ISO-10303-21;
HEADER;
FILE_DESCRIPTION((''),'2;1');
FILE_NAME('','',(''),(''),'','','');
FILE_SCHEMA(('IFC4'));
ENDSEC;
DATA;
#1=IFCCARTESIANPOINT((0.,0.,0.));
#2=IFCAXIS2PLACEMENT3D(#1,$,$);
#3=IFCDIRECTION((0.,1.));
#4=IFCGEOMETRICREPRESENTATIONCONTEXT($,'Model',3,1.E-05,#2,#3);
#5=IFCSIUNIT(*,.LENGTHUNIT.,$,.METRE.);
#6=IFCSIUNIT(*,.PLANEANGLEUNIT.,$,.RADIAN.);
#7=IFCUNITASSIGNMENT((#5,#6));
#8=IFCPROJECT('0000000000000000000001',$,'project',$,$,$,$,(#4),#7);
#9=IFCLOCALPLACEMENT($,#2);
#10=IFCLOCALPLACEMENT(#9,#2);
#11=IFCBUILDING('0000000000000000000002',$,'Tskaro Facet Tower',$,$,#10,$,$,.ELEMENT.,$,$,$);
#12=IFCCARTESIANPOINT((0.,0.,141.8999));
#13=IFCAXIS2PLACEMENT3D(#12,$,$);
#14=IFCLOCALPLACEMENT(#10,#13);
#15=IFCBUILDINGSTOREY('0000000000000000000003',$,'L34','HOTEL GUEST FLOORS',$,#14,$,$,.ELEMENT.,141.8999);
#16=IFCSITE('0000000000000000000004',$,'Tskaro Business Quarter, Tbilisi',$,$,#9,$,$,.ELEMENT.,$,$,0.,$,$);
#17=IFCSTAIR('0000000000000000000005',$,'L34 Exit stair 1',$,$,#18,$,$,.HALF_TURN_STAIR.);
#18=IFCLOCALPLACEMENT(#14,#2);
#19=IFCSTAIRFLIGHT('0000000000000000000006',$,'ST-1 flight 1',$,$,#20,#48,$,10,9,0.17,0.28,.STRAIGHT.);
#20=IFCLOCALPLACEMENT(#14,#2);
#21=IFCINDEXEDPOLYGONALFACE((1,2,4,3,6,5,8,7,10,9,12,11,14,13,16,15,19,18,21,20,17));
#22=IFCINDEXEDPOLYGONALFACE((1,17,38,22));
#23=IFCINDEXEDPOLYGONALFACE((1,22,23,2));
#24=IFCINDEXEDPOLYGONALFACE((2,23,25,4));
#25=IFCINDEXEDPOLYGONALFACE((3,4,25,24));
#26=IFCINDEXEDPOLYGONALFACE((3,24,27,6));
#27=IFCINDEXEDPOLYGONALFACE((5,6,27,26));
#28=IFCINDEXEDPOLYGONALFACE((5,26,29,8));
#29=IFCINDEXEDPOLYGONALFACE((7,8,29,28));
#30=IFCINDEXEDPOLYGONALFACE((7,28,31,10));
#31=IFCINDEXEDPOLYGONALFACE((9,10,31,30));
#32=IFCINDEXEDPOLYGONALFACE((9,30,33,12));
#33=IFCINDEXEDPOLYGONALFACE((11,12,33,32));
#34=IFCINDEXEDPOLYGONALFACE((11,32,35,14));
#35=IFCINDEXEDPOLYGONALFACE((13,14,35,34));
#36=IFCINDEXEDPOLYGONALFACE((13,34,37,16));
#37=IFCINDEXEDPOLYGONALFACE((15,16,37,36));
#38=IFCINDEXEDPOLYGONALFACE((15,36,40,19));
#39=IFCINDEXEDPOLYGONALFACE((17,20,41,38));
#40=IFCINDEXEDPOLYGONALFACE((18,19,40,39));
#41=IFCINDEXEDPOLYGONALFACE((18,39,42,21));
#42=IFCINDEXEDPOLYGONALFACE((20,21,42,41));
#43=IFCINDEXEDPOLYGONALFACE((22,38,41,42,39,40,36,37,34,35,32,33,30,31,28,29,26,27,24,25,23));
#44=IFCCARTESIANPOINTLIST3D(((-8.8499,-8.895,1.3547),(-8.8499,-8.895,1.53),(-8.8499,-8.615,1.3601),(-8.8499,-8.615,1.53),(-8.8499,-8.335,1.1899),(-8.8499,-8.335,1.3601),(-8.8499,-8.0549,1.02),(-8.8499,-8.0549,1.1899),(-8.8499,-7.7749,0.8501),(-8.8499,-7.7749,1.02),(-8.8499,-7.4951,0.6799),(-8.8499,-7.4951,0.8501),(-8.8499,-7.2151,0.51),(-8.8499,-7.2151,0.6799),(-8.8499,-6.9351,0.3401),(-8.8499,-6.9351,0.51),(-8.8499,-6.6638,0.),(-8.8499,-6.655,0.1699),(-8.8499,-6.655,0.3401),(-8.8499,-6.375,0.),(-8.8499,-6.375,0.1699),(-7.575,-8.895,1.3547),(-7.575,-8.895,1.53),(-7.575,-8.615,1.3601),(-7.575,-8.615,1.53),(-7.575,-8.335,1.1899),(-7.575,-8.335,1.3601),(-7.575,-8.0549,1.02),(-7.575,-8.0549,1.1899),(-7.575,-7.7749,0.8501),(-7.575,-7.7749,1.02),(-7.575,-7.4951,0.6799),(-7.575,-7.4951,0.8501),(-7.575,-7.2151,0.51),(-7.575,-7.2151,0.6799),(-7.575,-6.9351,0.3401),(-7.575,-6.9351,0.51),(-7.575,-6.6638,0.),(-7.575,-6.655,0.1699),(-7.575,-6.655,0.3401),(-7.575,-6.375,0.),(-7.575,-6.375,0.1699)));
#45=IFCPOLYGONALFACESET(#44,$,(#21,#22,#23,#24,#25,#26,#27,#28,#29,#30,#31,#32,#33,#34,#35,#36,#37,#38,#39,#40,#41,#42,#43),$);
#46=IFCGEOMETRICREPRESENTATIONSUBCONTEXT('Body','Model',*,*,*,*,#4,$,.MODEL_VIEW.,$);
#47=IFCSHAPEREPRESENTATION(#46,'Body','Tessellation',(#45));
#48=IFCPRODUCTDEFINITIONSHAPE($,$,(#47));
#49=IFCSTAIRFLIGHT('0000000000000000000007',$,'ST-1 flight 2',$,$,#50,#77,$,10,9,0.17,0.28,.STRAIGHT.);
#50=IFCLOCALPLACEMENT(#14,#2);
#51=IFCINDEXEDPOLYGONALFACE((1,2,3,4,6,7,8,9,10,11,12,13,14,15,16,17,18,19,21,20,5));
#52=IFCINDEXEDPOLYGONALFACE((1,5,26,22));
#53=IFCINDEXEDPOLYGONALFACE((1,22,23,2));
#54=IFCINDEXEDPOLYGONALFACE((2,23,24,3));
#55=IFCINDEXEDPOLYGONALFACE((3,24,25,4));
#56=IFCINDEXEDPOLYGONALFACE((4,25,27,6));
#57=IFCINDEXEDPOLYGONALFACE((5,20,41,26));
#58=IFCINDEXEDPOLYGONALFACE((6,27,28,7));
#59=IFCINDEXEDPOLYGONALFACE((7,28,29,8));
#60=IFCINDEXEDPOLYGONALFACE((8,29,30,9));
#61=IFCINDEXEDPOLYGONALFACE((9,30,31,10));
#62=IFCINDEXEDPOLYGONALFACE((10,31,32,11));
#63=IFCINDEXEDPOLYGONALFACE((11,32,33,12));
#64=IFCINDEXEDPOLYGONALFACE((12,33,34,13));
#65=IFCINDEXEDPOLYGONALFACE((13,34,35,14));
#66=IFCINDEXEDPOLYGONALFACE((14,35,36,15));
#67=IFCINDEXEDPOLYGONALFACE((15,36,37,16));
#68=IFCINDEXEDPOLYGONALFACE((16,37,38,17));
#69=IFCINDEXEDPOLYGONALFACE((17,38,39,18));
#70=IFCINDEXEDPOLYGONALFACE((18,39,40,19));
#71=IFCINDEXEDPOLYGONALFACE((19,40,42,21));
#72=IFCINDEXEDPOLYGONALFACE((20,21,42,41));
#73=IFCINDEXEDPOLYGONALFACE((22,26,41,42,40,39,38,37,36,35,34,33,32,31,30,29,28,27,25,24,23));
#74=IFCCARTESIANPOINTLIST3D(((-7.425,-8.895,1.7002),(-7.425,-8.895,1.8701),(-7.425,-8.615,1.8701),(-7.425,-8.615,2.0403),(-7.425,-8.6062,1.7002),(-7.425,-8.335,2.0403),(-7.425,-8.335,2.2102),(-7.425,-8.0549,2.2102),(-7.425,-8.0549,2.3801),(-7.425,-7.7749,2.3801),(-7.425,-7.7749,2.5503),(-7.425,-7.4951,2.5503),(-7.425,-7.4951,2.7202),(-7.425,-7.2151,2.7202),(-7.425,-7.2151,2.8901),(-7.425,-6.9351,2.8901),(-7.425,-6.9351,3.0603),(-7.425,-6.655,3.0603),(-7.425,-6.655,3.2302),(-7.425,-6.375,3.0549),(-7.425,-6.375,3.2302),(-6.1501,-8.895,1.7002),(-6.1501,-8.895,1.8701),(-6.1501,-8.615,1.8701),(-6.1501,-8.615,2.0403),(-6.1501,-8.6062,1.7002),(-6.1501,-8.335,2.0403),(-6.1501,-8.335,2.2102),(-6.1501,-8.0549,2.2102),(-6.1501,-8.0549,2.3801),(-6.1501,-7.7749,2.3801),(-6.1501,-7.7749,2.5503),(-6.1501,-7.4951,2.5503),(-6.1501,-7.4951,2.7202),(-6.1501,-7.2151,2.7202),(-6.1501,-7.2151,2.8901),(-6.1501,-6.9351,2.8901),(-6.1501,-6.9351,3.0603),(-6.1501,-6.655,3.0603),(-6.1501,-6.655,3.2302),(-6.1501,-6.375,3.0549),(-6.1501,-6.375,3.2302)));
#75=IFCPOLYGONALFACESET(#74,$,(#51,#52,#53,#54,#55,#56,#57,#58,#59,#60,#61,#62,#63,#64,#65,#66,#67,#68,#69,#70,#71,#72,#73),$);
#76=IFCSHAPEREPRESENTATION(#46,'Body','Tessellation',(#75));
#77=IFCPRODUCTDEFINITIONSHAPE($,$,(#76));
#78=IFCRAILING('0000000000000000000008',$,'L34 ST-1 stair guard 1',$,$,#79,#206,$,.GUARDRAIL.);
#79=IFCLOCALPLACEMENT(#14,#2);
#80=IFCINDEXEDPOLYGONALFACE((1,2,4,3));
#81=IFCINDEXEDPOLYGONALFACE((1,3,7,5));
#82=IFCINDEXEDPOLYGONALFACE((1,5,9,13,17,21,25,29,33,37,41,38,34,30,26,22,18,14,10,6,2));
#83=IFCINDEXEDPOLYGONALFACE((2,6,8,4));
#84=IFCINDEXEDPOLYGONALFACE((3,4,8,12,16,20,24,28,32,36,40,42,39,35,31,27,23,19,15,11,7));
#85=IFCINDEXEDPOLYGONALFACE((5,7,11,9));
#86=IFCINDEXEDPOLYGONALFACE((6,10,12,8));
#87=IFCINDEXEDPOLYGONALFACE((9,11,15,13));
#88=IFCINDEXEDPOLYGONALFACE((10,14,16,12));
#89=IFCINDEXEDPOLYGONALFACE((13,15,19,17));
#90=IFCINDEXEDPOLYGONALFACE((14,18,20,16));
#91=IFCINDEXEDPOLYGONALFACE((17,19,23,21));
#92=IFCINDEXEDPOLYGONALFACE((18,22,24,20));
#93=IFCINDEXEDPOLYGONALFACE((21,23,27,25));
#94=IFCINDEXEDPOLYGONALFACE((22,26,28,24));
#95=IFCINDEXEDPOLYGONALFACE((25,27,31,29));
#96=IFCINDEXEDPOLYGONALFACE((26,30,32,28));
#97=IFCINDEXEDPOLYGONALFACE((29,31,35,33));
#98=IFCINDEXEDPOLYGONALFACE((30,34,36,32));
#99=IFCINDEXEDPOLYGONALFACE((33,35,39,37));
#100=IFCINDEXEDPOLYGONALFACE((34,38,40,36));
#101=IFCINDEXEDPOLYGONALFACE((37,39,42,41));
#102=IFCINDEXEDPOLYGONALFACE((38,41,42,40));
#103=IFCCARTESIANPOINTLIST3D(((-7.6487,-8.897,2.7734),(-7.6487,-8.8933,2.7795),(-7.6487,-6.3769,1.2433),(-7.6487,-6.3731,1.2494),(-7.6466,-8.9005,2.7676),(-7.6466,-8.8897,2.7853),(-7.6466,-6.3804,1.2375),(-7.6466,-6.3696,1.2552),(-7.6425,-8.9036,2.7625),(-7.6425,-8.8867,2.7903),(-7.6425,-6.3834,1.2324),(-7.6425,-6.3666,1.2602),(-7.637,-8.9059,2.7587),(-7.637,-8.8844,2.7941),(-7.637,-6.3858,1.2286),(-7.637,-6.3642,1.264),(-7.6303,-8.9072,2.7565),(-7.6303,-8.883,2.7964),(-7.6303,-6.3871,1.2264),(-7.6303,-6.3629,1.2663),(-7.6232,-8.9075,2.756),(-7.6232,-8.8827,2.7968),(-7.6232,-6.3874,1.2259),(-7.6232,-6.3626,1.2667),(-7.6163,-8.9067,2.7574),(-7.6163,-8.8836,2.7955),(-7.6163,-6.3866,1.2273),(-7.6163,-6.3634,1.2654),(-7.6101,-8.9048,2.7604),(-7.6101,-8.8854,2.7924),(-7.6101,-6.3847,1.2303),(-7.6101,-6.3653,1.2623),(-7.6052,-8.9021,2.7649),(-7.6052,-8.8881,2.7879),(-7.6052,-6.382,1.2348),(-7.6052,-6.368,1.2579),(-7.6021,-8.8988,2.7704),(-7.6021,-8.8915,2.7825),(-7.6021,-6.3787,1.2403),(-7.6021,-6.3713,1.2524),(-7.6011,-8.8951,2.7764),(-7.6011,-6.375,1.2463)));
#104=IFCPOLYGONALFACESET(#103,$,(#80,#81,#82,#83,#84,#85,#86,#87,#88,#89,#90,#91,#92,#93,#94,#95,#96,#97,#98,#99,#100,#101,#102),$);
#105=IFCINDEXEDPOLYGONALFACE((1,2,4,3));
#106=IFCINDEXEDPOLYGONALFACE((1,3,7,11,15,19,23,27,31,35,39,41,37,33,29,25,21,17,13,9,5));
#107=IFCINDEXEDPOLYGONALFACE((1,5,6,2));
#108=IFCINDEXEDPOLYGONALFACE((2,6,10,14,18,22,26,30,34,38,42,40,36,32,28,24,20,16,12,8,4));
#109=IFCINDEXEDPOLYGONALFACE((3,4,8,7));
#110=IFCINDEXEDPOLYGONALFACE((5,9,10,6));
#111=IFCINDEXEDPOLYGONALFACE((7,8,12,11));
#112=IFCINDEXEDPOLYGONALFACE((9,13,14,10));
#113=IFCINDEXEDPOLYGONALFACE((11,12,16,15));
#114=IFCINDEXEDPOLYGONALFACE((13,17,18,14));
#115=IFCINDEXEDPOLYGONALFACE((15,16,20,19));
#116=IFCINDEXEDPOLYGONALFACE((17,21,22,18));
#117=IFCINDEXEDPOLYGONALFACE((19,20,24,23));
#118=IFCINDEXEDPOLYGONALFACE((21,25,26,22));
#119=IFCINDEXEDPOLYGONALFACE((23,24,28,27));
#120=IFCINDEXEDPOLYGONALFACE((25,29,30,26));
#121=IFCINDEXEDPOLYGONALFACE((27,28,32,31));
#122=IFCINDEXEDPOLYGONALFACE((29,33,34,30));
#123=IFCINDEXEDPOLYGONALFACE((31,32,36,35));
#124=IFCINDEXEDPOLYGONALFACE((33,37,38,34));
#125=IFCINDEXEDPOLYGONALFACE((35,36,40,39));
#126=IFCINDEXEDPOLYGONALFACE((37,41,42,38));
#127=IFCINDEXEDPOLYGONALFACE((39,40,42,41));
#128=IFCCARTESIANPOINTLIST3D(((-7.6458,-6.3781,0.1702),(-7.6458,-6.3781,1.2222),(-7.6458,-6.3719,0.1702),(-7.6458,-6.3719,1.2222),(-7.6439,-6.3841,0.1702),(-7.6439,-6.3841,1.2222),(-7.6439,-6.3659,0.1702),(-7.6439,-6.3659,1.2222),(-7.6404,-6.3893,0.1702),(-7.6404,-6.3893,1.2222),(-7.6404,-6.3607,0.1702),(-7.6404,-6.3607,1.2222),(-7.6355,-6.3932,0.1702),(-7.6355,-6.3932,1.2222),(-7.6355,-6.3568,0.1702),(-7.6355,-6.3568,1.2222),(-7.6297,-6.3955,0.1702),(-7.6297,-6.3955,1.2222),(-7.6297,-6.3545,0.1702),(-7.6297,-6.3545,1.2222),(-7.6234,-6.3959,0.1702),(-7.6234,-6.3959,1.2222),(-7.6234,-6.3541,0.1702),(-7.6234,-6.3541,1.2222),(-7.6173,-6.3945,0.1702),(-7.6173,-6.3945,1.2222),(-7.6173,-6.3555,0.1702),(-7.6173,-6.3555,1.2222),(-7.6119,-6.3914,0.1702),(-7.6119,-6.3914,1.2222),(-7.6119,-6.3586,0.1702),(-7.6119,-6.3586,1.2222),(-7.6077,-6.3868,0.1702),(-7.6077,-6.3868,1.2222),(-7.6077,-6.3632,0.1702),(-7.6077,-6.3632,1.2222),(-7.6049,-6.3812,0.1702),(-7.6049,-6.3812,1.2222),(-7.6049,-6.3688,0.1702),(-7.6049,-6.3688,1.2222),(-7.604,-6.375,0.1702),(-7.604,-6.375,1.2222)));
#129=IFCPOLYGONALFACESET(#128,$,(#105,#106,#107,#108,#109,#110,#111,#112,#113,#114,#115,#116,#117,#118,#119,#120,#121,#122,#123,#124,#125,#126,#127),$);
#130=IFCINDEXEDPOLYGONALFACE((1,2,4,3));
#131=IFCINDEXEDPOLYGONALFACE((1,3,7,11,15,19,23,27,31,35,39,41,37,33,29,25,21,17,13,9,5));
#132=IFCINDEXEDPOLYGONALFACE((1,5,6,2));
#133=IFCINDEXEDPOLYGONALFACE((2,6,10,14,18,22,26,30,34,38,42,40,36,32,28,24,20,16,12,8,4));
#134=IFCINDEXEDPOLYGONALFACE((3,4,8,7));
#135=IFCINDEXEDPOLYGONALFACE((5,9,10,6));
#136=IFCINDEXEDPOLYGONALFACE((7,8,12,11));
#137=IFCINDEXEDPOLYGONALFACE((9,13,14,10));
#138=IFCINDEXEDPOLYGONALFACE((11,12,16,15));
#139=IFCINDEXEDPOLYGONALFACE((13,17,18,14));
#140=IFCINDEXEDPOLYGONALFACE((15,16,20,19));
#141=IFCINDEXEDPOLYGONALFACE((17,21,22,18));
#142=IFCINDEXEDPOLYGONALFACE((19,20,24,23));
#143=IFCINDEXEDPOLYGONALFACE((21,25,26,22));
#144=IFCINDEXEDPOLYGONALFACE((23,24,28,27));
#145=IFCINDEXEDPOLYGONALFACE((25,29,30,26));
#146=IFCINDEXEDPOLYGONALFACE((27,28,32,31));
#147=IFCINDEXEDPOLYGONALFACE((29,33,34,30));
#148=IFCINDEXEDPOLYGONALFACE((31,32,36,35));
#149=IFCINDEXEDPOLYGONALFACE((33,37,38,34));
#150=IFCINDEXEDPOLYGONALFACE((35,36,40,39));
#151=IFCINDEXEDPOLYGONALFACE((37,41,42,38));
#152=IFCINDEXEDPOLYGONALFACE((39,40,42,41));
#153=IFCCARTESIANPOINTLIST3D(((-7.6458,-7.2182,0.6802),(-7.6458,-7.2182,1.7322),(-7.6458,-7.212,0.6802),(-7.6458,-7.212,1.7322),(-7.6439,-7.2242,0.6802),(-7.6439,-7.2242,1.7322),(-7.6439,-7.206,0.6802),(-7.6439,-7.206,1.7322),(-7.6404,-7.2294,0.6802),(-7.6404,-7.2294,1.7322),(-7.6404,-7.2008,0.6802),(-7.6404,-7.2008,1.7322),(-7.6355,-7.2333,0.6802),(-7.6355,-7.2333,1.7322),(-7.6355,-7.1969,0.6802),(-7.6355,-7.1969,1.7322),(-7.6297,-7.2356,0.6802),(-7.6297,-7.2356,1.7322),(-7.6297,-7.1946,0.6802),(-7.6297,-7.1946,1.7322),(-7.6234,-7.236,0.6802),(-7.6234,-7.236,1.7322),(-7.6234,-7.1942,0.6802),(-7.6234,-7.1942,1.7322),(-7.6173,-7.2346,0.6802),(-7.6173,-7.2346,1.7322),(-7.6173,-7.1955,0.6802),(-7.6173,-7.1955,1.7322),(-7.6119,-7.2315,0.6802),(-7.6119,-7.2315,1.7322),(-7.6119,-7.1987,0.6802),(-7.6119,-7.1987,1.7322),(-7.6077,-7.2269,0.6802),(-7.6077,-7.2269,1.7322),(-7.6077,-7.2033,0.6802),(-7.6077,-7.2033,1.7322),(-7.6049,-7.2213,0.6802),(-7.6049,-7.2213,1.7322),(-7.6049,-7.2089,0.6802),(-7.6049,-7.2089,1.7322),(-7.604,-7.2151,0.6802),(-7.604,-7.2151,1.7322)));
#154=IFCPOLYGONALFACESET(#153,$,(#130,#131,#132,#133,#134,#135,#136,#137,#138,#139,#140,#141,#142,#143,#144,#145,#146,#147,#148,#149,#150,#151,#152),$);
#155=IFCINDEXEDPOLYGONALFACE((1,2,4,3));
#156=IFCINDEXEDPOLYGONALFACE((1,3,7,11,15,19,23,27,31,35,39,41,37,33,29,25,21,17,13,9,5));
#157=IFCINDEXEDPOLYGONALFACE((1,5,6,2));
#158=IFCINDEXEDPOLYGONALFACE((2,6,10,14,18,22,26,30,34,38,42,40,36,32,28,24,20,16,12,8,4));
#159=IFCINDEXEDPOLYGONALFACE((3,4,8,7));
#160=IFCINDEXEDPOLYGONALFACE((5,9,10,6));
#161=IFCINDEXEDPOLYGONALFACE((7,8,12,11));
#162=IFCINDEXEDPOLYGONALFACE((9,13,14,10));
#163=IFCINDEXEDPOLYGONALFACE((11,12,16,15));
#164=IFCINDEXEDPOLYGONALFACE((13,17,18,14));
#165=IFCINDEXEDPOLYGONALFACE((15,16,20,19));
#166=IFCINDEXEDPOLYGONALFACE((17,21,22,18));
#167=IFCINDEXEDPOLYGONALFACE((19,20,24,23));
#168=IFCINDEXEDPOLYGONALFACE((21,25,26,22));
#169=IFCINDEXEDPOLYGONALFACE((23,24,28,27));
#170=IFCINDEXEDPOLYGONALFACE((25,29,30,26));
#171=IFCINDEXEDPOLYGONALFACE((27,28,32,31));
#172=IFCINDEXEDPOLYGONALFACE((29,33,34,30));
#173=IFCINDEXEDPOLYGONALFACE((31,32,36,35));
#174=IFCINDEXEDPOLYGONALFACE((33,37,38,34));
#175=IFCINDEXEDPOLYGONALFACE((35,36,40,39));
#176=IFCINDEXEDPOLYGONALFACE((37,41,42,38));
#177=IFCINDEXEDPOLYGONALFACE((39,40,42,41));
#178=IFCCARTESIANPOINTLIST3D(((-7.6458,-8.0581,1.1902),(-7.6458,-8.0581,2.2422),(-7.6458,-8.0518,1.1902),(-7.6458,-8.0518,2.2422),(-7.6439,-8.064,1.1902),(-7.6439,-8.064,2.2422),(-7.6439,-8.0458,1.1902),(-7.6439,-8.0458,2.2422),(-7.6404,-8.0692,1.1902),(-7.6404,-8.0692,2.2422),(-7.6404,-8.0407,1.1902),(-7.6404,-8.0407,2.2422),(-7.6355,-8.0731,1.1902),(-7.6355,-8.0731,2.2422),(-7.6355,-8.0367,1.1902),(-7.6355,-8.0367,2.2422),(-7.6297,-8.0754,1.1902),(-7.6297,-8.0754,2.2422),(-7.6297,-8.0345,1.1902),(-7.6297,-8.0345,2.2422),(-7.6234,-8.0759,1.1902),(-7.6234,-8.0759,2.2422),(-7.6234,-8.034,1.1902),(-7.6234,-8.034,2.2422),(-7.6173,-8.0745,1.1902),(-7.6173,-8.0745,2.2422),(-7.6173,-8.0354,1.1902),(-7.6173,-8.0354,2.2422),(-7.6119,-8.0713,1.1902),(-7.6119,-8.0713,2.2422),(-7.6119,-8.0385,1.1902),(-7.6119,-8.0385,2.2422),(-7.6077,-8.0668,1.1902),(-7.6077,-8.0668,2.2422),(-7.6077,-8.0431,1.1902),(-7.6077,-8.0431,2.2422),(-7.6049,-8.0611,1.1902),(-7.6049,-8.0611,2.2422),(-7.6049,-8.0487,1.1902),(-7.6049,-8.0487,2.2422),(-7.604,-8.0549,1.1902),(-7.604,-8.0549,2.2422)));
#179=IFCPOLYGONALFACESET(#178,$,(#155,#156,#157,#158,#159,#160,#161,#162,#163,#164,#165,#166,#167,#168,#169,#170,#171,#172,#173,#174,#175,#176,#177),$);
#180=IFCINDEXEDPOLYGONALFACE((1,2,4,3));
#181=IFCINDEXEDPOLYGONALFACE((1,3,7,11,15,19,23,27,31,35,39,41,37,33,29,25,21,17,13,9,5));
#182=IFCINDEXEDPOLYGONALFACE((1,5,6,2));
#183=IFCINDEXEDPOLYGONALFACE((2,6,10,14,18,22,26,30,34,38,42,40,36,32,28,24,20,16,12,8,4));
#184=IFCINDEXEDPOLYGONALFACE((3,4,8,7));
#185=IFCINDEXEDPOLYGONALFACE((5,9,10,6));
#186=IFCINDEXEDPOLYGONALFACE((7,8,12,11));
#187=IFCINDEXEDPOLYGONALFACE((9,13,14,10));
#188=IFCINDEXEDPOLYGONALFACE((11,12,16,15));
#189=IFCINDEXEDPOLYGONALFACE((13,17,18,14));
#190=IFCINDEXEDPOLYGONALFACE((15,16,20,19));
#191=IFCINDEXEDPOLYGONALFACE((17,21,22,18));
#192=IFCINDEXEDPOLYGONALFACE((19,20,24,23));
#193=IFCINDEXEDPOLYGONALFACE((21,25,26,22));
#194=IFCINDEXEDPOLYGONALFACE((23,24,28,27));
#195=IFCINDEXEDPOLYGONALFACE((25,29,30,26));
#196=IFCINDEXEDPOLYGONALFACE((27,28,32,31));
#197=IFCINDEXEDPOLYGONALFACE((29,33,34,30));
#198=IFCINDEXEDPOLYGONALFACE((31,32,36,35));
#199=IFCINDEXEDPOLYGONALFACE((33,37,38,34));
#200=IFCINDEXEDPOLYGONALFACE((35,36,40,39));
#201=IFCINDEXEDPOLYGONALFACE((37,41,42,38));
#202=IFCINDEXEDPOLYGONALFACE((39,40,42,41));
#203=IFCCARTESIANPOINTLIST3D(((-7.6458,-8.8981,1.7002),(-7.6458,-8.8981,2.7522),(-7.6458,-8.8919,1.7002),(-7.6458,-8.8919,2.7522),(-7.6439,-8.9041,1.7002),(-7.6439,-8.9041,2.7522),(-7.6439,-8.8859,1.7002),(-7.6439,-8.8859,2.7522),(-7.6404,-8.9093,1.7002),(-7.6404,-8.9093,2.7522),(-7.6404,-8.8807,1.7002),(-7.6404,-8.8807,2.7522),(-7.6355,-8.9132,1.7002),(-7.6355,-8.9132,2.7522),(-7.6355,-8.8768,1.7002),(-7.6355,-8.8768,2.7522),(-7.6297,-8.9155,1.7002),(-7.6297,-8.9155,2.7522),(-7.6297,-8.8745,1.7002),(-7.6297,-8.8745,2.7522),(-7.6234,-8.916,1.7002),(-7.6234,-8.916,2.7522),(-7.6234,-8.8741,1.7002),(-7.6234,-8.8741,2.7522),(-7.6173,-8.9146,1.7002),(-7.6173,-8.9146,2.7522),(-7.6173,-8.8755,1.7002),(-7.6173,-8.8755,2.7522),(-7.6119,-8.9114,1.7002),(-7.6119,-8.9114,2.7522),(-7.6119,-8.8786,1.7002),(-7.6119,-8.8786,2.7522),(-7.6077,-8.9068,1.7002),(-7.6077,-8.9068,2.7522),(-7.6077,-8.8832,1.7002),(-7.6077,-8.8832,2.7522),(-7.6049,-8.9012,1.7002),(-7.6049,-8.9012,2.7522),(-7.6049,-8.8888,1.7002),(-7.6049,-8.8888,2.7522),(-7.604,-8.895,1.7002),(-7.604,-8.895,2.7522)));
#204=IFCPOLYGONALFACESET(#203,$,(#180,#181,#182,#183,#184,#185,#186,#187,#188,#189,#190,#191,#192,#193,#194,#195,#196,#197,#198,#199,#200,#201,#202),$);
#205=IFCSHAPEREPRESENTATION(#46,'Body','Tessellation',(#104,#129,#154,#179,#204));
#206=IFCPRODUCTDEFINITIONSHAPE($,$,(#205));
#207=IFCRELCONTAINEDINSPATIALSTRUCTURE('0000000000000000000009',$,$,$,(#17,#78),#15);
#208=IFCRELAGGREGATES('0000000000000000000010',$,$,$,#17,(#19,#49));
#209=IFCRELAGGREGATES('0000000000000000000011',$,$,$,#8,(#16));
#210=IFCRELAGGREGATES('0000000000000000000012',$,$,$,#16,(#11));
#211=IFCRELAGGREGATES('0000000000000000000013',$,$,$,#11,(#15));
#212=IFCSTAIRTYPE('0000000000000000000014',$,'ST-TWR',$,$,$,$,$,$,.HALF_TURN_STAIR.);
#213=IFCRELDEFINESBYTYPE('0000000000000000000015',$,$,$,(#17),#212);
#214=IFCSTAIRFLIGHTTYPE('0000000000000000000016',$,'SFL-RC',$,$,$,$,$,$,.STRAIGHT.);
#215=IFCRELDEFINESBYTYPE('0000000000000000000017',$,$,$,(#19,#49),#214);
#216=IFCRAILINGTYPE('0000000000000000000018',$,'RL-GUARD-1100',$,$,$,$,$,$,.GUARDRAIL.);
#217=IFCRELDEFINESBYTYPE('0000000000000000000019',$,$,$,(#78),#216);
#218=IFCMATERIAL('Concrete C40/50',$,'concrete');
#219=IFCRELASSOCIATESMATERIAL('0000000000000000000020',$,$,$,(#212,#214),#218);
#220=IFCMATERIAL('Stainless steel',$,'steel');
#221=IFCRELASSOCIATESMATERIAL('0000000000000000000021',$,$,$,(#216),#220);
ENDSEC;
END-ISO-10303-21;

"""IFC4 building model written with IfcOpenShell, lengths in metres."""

from ifc_helpers import new_model, si_unit, direction, frame, origin, origin_2d, place, context, subcontext, project, spatial, polyline, circle, outline, extrude, material, type_object, element, aggregate, save


model = new_model("IFC4")

# Units and contexts
model_context = context("Model", 3, precision=1e-05, world=origin(), true_north=direction((0.0, 1.0)))
body_context = subcontext(model_context, "Body", "Model", "MODEL_VIEW")
ifc_project = project(units=[si_unit("LENGTHUNIT", "METRE"), si_unit("PLANEANGLEUNIT", "RADIAN")], contexts=[model_context])

# Site, building, storey
site_placement = place(None, origin())
site = spatial("IfcSite", under=ifc_project, at=site_placement, Name="Tskaro Business Quarter, Tbilisi", CompositionType="ELEMENT", RefElevation=0.0)
building_placement = place(site_placement, origin())
building = spatial("IfcBuilding", under=site, at=building_placement, Name="Tskaro Facet Tower", CompositionType="ELEMENT")
storey_placement = place(building_placement, frame((0.0, 0.0, 141.8999)))
storey = spatial("IfcBuildingStorey", under=building, at=storey_placement, Name="L34", Description="HOTEL GUEST FLOORS", CompositionType="ELEMENT", Elevation=141.8999)

# Stair
ifc_material_1 = material(Name="Concrete C40/50", Category="concrete")
stair_type = type_object("IfcStairType", Name="ST-TWR", PredefinedType="HALF_TURN_STAIR", material=ifc_material_1)
stair_placement = place(storey_placement, origin())
stair = element("IfcStair", 1, at=stair_placement, inside=storey, type_object=stair_type, Name="L34 Exit stair 1", PredefinedType="HALF_TURN_STAIR")

# Shared definitions
ifc_material_2 = material(Name="Stainless steel", Category="steel")

# Stair flights
stair_flight_type = type_object("IfcStairFlightType", Name="SFL-RC", PredefinedType="STRAIGHT", material=ifc_material_1)
stair_flight_1_placement = place(storey_placement, frame((-8.2124, -6.375, 0.0), z_axis=(0.0, 0.0, 1.0), x_axis=(0.0, -1.0, 0.0)))
stair_flight_1 = element("IfcStairFlight", 2, at=stair_flight_1_placement, type_object=stair_flight_type, Name="ST-1 flight 1", NumberOfRisers=10, NumberOfTreads=9, PredefinedType="STRAIGHT", RiserHeight=0.17, TreadLength=0.28, context=body_context, shape_type="SweptSolid", body=[
    extrude(outline(polyline([(0.0, 0.0), (0.0, 0.1699), (0.28, 0.1699), (0.28, 0.3401), (0.5601, 0.3401), (0.5601, 0.51), (0.8401, 0.51), (0.8401, 0.6799), (1.1201, 0.6799), (1.1201, 0.8501), (1.3999, 0.8501), (1.3999, 1.02), (1.6799, 1.02), (1.6799, 1.1899), (1.96, 1.1899), (1.96, 1.3601), (2.24, 1.3601), (2.24, 1.53), (2.52, 1.53), (2.52, 1.7), (2.52, 1.3547), (0.2888, 0.0), (0.0, 0.0)])), frame((0.0, 0.6375, 0.0), z_axis=(0.0, -1.0, 0.0), x_axis=(1.0, 0.0, 0.0)), (0.0, 0.0, 1.0), 1.2749),
])
stair_flight_2_placement = place(storey_placement, frame((-6.7876, -8.895, 1.7002), z_axis=(0.0, 0.0, 1.0), x_axis=(0.0, 1.0, 0.0)))
stair_flight_2 = element("IfcStairFlight", 3, at=stair_flight_2_placement, type_object=stair_flight_type, Name="ST-1 flight 2", NumberOfRisers=10, NumberOfTreads=9, PredefinedType="STRAIGHT", RiserHeight=0.17, TreadLength=0.28, context=body_context, shape_type="SweptSolid", body=[
    extrude(outline(polyline([(0.0, 0.0), (0.0, 0.1699), (0.28, 0.1699), (0.28, 0.3401), (0.5601, 0.3401), (0.5601, 0.51), (0.8401, 0.51), (0.8401, 0.6799), (1.1201, 0.6799), (1.1201, 0.8501), (1.3999, 0.8501), (1.3999, 1.02), (1.6799, 1.02), (1.6799, 1.1899), (1.96, 1.1899), (1.96, 1.3601), (2.24, 1.3601), (2.24, 1.53), (2.52, 1.53), (2.52, 1.7), (2.52, 1.3547), (0.2888, 0.0), (0.0, 0.0)])), frame((0.0, 0.6375, 0.0), z_axis=(0.0, -1.0, 0.0), x_axis=(1.0, 0.0, 0.0)), (0.0, 0.0, 1.0), 1.2749),
])
aggregate(stair, [stair_flight_1, stair_flight_2])

# Railing
railing_type_1 = type_object("IfcRailingType", Name="RL-GUARD-1100", PredefinedType="GUARDRAIL", material=ifc_material_2)
railing_1_placement = place(storey_placement, frame((-7.625, -6.375, 0.1702)))
element("IfcRailing", 4, at=railing_1_placement, inside=storey, type_object=railing_type_1, Name="L34 ST-1 stair guard 1", PredefinedType="GUARDRAIL", context=body_context, shape_type="SweptSolid", body=[
    extrude(circle(Radius=0.0239, at=origin_2d()), frame((0.0, 0.0, 1.0762), z_axis=(0.0, -0.854785, 0.518982), x_axis=(1.0, 0.0, 0.0)), (0.0, 0.0, 1.0), 2.9482),
    extrude(circle(Radius=0.021, at=origin_2d()), origin(), (0.0, 0.0, 1.0), 1.052),
    extrude(circle(Radius=0.021, at=origin_2d()), frame((0.0, -0.8401, 0.51)), (0.0, 0.0, 1.0), 1.052),
    extrude(circle(Radius=0.021, at=origin_2d()), frame((0.0, -1.6799, 1.02)), (0.0, 0.0, 1.0), 1.052),
    extrude(circle(Radius=0.021, at=origin_2d()), frame((0.0, -2.52, 1.53)), (0.0, 0.0, 1.0), 1.052),
])

save(model, "model.ifc")
